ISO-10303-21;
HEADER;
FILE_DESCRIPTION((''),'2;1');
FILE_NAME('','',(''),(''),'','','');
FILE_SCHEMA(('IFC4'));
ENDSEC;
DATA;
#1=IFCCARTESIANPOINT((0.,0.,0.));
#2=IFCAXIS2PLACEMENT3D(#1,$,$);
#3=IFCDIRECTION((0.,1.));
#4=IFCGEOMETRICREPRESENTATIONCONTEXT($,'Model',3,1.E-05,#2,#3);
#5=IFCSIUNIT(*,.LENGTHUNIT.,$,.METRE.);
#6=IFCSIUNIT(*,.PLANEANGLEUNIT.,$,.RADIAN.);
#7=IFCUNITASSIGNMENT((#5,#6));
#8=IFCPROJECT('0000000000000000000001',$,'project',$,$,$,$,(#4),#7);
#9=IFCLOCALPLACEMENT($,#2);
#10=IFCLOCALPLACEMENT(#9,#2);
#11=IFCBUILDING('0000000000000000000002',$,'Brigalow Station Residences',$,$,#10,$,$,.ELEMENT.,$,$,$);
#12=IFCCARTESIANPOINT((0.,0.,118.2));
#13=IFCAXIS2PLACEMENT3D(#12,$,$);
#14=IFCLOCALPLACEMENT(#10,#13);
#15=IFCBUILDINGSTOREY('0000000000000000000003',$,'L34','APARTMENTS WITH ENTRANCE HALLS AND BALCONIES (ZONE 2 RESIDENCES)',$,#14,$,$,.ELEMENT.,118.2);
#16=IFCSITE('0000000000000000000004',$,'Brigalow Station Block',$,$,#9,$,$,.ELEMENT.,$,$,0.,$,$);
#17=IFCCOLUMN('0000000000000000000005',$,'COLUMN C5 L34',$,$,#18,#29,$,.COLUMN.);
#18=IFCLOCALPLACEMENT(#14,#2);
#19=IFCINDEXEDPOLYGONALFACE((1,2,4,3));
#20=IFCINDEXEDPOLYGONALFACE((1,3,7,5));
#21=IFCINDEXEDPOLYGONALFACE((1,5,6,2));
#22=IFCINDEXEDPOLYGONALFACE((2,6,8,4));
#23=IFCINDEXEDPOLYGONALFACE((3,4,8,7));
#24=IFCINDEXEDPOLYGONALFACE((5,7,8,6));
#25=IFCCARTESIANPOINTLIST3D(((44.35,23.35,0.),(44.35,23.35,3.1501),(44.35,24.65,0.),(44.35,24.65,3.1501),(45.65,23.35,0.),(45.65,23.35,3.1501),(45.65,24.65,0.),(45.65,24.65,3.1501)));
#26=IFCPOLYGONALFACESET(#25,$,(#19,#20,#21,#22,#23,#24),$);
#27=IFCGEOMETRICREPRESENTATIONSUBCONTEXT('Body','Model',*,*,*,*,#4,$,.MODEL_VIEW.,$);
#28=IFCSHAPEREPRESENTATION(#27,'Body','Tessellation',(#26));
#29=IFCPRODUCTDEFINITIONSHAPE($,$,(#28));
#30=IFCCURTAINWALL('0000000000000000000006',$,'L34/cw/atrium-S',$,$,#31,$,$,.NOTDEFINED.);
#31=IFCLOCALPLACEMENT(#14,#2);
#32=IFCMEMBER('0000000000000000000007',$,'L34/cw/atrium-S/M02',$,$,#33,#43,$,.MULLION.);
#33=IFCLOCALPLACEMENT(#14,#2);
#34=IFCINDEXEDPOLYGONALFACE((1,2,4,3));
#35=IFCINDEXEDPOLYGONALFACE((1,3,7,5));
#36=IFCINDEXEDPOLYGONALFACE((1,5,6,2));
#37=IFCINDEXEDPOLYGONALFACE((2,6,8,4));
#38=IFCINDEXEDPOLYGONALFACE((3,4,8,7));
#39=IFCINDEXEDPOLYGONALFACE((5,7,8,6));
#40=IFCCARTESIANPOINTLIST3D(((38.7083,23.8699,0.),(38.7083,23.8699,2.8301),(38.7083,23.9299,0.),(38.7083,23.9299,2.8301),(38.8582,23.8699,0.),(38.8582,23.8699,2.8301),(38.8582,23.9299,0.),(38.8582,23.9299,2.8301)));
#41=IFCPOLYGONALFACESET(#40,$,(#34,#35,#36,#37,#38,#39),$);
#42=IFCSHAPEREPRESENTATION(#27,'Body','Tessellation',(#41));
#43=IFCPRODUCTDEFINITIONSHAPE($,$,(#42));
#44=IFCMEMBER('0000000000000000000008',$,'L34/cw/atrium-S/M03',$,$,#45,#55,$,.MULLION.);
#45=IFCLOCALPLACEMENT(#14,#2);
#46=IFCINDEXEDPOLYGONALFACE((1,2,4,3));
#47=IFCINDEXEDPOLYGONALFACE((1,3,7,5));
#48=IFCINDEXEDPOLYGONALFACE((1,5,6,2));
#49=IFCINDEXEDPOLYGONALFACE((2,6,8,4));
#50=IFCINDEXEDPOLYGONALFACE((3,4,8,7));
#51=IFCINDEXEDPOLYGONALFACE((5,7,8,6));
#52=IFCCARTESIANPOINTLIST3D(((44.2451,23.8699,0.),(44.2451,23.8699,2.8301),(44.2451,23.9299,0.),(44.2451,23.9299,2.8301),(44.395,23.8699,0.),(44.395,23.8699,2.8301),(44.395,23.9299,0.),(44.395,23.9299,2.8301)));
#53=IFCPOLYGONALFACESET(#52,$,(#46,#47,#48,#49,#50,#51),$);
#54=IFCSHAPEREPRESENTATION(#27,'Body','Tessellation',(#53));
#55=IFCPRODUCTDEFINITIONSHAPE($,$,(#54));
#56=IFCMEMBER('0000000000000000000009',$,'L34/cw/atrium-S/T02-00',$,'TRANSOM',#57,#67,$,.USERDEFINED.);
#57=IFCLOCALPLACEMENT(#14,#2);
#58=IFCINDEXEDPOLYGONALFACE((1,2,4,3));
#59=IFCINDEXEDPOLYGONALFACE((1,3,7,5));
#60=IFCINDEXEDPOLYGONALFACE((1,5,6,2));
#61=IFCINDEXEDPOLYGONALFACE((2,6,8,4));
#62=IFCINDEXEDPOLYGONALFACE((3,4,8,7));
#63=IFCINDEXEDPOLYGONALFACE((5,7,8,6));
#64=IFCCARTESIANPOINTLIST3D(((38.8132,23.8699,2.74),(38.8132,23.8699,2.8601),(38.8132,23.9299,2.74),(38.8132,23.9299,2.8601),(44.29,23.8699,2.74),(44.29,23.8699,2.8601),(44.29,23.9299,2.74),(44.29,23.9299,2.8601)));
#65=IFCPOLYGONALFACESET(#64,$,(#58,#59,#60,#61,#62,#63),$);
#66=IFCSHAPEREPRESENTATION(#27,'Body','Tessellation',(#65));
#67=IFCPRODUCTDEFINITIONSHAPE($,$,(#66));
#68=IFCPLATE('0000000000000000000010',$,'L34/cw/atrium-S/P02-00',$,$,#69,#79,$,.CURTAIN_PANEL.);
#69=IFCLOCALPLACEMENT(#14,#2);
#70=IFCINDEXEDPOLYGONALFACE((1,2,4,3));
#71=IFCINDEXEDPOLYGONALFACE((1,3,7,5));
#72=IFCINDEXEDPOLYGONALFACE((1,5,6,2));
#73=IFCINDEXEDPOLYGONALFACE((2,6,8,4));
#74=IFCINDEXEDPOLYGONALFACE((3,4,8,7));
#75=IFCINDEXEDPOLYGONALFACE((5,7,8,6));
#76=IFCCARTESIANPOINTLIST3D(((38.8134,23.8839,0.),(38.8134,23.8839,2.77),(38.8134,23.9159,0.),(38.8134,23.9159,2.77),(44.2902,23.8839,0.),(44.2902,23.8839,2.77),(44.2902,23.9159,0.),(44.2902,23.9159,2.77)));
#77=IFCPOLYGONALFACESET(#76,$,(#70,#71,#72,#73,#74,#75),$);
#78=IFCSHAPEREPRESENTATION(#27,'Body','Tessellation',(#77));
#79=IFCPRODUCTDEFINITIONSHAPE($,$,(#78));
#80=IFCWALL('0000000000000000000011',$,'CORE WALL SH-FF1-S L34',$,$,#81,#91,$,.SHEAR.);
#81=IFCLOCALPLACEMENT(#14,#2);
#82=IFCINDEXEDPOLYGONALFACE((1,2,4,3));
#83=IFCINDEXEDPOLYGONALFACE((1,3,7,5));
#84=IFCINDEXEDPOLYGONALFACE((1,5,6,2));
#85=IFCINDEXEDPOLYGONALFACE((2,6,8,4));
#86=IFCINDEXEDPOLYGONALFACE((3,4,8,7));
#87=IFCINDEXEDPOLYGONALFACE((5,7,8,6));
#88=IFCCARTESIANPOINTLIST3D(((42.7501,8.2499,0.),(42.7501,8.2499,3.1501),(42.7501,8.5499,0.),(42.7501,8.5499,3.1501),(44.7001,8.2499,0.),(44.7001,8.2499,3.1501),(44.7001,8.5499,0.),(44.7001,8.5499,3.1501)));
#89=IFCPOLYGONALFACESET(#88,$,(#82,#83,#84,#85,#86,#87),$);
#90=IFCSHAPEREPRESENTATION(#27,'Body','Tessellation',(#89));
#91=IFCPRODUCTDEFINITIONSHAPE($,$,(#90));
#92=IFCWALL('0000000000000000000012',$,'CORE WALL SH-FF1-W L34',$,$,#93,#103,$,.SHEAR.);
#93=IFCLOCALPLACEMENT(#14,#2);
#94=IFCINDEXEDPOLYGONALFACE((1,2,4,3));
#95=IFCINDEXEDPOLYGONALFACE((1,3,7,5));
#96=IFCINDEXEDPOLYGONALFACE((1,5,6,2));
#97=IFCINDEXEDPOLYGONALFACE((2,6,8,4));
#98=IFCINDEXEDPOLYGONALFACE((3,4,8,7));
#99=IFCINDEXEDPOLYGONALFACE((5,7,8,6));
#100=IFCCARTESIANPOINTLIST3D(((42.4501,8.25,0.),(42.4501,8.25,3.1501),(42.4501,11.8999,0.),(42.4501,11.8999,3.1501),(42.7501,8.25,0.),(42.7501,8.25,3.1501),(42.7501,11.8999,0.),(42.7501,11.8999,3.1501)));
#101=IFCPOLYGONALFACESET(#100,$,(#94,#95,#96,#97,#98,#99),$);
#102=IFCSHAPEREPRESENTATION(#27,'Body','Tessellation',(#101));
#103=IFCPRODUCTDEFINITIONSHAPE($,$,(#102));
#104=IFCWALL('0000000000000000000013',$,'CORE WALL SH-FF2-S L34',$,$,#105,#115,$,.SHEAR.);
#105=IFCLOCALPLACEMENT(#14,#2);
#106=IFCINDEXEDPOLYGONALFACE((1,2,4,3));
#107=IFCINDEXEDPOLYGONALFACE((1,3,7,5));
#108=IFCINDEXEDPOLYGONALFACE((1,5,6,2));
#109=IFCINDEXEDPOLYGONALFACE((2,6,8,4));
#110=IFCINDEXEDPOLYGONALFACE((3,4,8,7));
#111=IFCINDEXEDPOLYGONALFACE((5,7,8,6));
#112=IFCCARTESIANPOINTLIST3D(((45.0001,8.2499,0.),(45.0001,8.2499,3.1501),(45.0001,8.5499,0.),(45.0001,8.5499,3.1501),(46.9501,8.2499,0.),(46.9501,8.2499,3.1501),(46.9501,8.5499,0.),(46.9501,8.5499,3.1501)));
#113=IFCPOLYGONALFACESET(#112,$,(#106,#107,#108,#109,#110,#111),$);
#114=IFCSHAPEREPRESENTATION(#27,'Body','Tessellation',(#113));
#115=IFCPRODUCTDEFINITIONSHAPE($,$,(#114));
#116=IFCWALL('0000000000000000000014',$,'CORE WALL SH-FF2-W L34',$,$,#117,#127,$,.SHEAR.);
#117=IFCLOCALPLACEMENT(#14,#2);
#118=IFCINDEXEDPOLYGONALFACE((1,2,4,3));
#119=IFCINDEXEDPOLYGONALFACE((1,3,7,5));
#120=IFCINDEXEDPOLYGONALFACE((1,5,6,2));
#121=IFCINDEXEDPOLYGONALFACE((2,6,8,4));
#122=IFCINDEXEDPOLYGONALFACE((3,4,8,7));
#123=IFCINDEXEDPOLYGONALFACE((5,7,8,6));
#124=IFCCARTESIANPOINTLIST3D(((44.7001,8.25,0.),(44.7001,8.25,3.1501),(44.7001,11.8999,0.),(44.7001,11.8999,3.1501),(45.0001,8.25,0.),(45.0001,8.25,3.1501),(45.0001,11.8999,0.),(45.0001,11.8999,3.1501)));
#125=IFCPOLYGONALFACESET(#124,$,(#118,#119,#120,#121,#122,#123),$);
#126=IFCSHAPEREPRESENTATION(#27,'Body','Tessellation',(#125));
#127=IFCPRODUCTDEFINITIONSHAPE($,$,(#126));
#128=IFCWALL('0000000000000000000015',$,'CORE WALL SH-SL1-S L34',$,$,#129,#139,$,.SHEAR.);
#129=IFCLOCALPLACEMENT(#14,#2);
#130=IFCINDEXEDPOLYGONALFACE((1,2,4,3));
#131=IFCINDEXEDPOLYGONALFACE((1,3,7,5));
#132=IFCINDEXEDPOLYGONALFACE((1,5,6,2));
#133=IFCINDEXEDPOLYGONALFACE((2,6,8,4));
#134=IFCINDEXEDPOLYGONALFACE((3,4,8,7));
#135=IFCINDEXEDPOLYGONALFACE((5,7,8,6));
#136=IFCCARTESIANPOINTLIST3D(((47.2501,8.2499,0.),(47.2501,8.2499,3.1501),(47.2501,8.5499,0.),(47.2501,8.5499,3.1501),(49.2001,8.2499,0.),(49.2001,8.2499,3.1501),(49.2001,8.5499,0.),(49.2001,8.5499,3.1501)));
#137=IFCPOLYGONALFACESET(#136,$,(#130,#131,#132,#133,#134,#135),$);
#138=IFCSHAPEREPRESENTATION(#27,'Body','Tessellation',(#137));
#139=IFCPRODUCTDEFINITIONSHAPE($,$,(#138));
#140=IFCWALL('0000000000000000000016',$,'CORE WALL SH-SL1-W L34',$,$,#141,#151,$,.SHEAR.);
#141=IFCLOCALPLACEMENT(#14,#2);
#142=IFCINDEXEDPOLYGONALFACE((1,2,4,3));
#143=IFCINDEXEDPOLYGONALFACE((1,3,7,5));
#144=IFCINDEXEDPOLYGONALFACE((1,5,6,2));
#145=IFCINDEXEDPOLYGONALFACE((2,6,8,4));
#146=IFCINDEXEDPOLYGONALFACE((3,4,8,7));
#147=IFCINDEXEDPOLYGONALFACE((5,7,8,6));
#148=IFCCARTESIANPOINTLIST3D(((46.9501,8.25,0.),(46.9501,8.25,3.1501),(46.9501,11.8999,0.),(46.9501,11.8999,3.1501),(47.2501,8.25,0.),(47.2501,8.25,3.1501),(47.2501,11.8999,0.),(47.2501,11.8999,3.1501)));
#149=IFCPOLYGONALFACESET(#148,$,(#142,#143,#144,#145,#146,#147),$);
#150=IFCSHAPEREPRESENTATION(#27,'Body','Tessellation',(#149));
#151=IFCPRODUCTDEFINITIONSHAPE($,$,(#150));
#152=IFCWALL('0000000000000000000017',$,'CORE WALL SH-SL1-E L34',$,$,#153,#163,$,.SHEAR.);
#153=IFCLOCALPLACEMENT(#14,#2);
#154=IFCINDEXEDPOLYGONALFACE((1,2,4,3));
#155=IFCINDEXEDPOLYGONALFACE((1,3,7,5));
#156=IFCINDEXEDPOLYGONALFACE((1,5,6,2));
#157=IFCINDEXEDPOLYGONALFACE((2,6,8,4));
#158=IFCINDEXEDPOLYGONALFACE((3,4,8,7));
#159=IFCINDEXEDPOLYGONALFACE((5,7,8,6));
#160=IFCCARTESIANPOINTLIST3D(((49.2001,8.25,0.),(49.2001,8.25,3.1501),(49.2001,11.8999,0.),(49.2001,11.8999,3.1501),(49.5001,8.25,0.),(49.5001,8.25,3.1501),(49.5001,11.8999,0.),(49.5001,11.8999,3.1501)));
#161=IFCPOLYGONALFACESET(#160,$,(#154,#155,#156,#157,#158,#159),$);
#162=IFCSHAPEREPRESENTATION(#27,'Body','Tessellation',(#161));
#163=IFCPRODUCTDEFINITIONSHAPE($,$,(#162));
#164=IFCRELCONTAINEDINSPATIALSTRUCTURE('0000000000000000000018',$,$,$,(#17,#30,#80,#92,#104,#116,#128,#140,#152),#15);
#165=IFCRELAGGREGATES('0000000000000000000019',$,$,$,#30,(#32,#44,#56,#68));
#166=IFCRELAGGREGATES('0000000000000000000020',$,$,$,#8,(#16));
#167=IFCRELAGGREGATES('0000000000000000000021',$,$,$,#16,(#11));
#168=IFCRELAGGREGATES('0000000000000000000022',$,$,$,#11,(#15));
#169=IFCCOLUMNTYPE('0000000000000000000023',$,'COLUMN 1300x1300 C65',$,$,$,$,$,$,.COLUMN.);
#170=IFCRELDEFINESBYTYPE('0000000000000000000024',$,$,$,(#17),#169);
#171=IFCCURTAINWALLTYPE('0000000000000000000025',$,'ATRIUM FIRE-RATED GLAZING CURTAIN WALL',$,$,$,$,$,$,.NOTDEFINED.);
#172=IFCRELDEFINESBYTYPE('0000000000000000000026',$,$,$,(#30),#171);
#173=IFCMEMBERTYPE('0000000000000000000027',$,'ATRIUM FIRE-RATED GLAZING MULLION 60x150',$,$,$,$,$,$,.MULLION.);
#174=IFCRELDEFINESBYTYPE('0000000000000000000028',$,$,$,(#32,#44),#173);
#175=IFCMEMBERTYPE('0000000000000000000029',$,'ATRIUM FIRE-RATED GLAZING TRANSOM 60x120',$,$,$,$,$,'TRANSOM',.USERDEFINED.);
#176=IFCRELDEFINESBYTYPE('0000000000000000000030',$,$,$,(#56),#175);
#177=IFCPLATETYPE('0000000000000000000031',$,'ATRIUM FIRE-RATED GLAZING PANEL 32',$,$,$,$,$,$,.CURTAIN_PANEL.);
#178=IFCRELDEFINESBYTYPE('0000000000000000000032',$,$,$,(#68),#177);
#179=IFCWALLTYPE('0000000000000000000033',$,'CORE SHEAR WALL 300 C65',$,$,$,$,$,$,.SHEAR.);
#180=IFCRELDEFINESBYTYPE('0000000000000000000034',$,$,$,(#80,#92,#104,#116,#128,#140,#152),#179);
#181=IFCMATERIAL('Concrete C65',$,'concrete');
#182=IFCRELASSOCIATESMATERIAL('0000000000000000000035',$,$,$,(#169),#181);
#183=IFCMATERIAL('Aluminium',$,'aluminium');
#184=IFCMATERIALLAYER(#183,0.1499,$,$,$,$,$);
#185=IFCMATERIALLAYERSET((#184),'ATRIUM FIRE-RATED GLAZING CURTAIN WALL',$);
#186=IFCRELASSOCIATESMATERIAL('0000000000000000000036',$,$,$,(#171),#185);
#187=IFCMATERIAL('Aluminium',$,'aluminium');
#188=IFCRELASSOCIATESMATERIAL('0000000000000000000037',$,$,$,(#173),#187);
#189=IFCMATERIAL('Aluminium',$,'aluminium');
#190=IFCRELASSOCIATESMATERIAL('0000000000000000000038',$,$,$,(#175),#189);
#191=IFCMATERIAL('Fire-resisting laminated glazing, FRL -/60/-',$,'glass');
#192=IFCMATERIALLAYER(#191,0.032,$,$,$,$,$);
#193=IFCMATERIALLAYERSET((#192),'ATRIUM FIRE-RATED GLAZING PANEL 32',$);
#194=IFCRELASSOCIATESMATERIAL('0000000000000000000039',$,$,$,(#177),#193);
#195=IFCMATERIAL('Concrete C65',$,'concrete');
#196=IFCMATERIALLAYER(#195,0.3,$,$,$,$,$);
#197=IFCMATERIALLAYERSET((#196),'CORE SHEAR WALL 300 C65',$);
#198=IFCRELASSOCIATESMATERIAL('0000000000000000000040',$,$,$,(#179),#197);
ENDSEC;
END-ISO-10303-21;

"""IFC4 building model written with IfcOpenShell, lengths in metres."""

from ifc_helpers import new_model, si_unit, direction, frame, frame_2d, origin, origin_2d, place, context, subcontext, project, spatial, rectangle, extrude, material, layer, layer_set, material_profile, profile_set, type_object, element, aggregate, save


model = new_model("IFC4")

# Units and contexts
model_context = context("Model", 3, precision=1e-05, world=origin(), true_north=direction((0.0, 1.0)))
body_context = subcontext(model_context, "Body", "Model", "MODEL_VIEW")
ifc_project = project(units=[si_unit("LENGTHUNIT", "METRE"), si_unit("PLANEANGLEUNIT", "RADIAN")], contexts=[model_context])

# Site, building, storey
site_placement = place(None, origin())
site = spatial("IfcSite", under=ifc_project, at=site_placement, Name="Brigalow Station Block", CompositionType="ELEMENT", RefElevation=0.0)
building_placement = place(site_placement, origin())
building = spatial("IfcBuilding", under=site, at=building_placement, Name="Brigalow Station Residences", CompositionType="ELEMENT")
storey_placement = place(building_placement, frame((0.0, 0.0, 118.2)))
storey = spatial("IfcBuildingStorey", under=building, at=storey_placement, Name="L34", Description="APARTMENTS WITH ENTRANCE HALLS AND BALCONIES (ZONE 2 RESIDENCES)", CompositionType="ELEMENT", Elevation=118.2)

# Column
ifc_material_1 = material(Name="Concrete C65", Category="concrete")
ifc_material_profile_1 = material_profile(ifc_material_1, rectangle(XDim=1.3, YDim=1.3, at=origin_2d()), Name="RC1300x1300")
ifc_profile_set_1 = profile_set([ifc_material_profile_1], Name="Concrete C65")
column_type = type_object("IfcColumnType", Name="COLUMN 1300x1300 C65", PredefinedType="COLUMN", material=ifc_profile_set_1)
column_placement = place(storey_placement, frame((45.0, 24.0, 0.0), z_axis=(0.0, 0.0, 1.0), x_axis=(1.0, 0.0, 0.0)))
element("IfcColumn", 1, at=column_placement, inside=storey, type_object=column_type, Name="COLUMN C5 L34", PredefinedType="COLUMN", context=body_context, shape_type="SweptSolid", body=[
    extrude(rectangle(XDim=1.3, YDim=1.3, at=origin_2d()), origin(), (0.0, 0.0, 1.0), 3.1501),
])

# Curtain wall, members, plate
ifc_material_2 = material(Name="Aluminium", Category="aluminium")
ifc_layer_1 = layer(ifc_material_2, 0.1499)
ifc_layer_set_1 = layer_set([ifc_layer_1], Name="ATRIUM FIRE-RATED GLAZING CURTAIN WALL")
curtain_wall_type = type_object("IfcCurtainWallType", Name="ATRIUM FIRE-RATED GLAZING CURTAIN WALL", PredefinedType="NOTDEFINED", material=ifc_layer_set_1)
curtain_wall_placement = place(storey_placement, origin())
curtain_wall = element("IfcCurtainWall", 2, at=curtain_wall_placement, inside=storey, type_object=curtain_wall_type, Name="L34/cw/atrium-S", PredefinedType="NOTDEFINED")
ifc_material_3 = material(Name="Aluminium", Category="aluminium")
ifc_material_profile_2 = material_profile(ifc_material_3, rectangle(XDim=0.0601, YDim=0.1499, at=origin_2d()), Name="ATRIUM FIRE-RATED GLAZING MULLION 60x150")
ifc_profile_set_2 = profile_set([ifc_material_profile_2], Name="Aluminium")
member_type_1 = type_object("IfcMemberType", Name="ATRIUM FIRE-RATED GLAZING MULLION 60x150", PredefinedType="MULLION", material=ifc_profile_set_2)
member_1_placement = place(storey_placement, frame((38.7832, 23.8999, 0.0), z_axis=(0.0, 0.0, 1.0), x_axis=(0.0, 1.0, 0.0)))
member_1 = element("IfcMember", 3, at=member_1_placement, type_object=member_type_1, Name="L34/cw/atrium-S/M02", PredefinedType="MULLION", context=body_context, shape_type="SweptSolid", body=[
    extrude(rectangle(XDim=0.0601, YDim=0.1499, at=origin_2d()), origin(), (0.0, 0.0, 1.0), 2.8301),
])
member_2_placement = place(storey_placement, frame((44.3201, 23.8999, 0.0), z_axis=(0.0, 0.0, 1.0), x_axis=(0.0, 1.0, 0.0)))
member_2 = element("IfcMember", 4, at=member_2_placement, type_object=member_type_1, Name="L34/cw/atrium-S/M03", PredefinedType="MULLION", context=body_context, shape_type="SweptSolid", body=[
    extrude(rectangle(XDim=0.0601, YDim=0.1499, at=origin_2d()), origin(), (0.0, 0.0, 1.0), 2.8301),
])
ifc_material_4 = material(Name="Aluminium", Category="aluminium")
ifc_material_profile_3 = material_profile(ifc_material_4, rectangle(XDim=0.0601, YDim=0.1201, at=origin_2d()), Name="ATRIUM FIRE-RATED GLAZING TRANSOM 60x120")
ifc_profile_set_3 = profile_set([ifc_material_profile_3], Name="Aluminium")
member_type_2 = type_object("IfcMemberType", Name="ATRIUM FIRE-RATED GLAZING TRANSOM 60x120", ElementType="TRANSOM", PredefinedType="USERDEFINED", material=ifc_profile_set_3)
member_3_placement = place(storey_placement, frame((38.8132, 23.8999, 2.8), z_axis=(1.0, 0.0, 0.0), x_axis=(0.0, 1.0, 0.0)))
member_3 = element("IfcMember", 5, at=member_3_placement, type_object=member_type_2, Name="L34/cw/atrium-S/T02-00", ObjectType="TRANSOM", PredefinedType="USERDEFINED", context=body_context, shape_type="SweptSolid", body=[
    extrude(rectangle(XDim=0.0601, YDim=0.1201, at=origin_2d()), origin(), (0.0, 0.0, 1.0), 5.4768),
])
ifc_material_5 = material(Name="Fire-resisting laminated glazing, FRL -/60/-", Category="glass")
ifc_layer_2 = layer(ifc_material_5, 0.032)
ifc_layer_set_2 = layer_set([ifc_layer_2], Name="ATRIUM FIRE-RATED GLAZING PANEL 32")
plate_type = type_object("IfcPlateType", Name="ATRIUM FIRE-RATED GLAZING PANEL 32", PredefinedType="CURTAIN_PANEL", material=ifc_layer_set_2)
plate_placement = place(storey_placement, frame((41.5518, 23.8999, 0.0), z_axis=(0.0, 0.0, 1.0), x_axis=(1.0, 0.0, 0.0)))
plate = element("IfcPlate", 6, at=plate_placement, type_object=plate_type, Name="L34/cw/atrium-S/P02-00", PredefinedType="CURTAIN_PANEL", context=body_context, shape_type="SweptSolid", body=[
    extrude(rectangle(XDim=5.4768, YDim=0.032, at=origin_2d()), origin(), (0.0, 0.0, 1.0), 2.77),
])
aggregate(curtain_wall, [member_1, member_2, member_3, plate])

# Walls
ifc_material_6 = material(Name="Concrete C65", Category="concrete")
ifc_layer_3 = layer(ifc_material_6, 0.3)
ifc_layer_set_3 = layer_set([ifc_layer_3], Name="CORE SHEAR WALL 300 C65")
wall_type_1 = type_object("IfcWallType", Name="CORE SHEAR WALL 300 C65", PredefinedType="SHEAR", material=ifc_layer_set_3)
wall_1_placement = place(storey_placement, frame((42.75, 8.3999, 0.0), z_axis=(0.0, 0.0, 1.0), x_axis=(1.0, 0.0, 0.0)))
element("IfcWall", 7, at=wall_1_placement, inside=storey, type_object=wall_type_1, Name="CORE WALL SH-FF1-S L34", PredefinedType="SHEAR", context=body_context, shape_type="SweptSolid", body=[
    extrude(rectangle(XDim=1.95, YDim=0.3, at=frame_2d((0.9751, 0.0))), origin(), (0.0, 0.0, 1.0), 3.1501),
])
wall_2_placement = place(storey_placement, frame((42.6001, 8.25, 0.0), z_axis=(0.0, 0.0, 1.0), x_axis=(0.0, 1.0, 0.0)))
element("IfcWall", 8, at=wall_2_placement, inside=storey, type_object=wall_type_1, Name="CORE WALL SH-FF1-W L34", PredefinedType="SHEAR", context=body_context, shape_type="SweptSolid", body=[
    extrude(rectangle(XDim=3.6499, YDim=0.3, at=frame_2d((1.825, 0.0))), origin(), (0.0, 0.0, 1.0), 3.1501),
])
wall_3_placement = place(storey_placement, frame((45.0, 8.3999, 0.0), z_axis=(0.0, 0.0, 1.0), x_axis=(1.0, 0.0, 0.0)))
element("IfcWall", 9, at=wall_3_placement, inside=storey, type_object=wall_type_1, Name="CORE WALL SH-FF2-S L34", PredefinedType="SHEAR", context=body_context, shape_type="SweptSolid", body=[
    extrude(rectangle(XDim=1.95, YDim=0.3, at=frame_2d((0.9751, 0.0))), origin(), (0.0, 0.0, 1.0), 3.1501),
])
wall_4_placement = place(storey_placement, frame((44.8501, 8.25, 0.0), z_axis=(0.0, 0.0, 1.0), x_axis=(0.0, 1.0, 0.0)))
element("IfcWall", 10, at=wall_4_placement, inside=storey, type_object=wall_type_1, Name="CORE WALL SH-FF2-W L34", PredefinedType="SHEAR", context=body_context, shape_type="SweptSolid", body=[
    extrude(rectangle(XDim=3.6499, YDim=0.3, at=frame_2d((1.825, 0.0))), origin(), (0.0, 0.0, 1.0), 3.1501),
])
wall_5_placement = place(storey_placement, frame((47.25, 8.3999, 0.0), z_axis=(0.0, 0.0, 1.0), x_axis=(1.0, 0.0, 0.0)))
element("IfcWall", 11, at=wall_5_placement, inside=storey, type_object=wall_type_1, Name="CORE WALL SH-SL1-S L34", PredefinedType="SHEAR", context=body_context, shape_type="SweptSolid", body=[
    extrude(rectangle(XDim=1.95, YDim=0.3, at=frame_2d((0.9751, 0.0))), origin(), (0.0, 0.0, 1.0), 3.1501),
])
for number, where, z_axis, x_axis, name in (
    (12, (47.1001, 8.25, 0.0), (0.0, 0.0, 1.0), (0.0, 1.0, 0.0), "CORE WALL SH-SL1-W L34"),
    (13, (49.3501, 8.25, 0.0), (0.0, 0.0, 1.0), (0.0, 1.0, 0.0), "CORE WALL SH-SL1-E L34"),
):
    element("IfcWall", number, at=place(storey_placement, frame(where, z_axis=z_axis, x_axis=x_axis)), inside=storey, type_object=wall_type_1, Name=name, PredefinedType="SHEAR", context=body_context, shape_type="SweptSolid", body=[
        extrude(rectangle(XDim=3.6499, YDim=0.3, at=frame_2d((1.825, 0.0))), origin(), (0.0, 0.0, 1.0), 3.1501),
    ])

save(model, "model.ifc")
